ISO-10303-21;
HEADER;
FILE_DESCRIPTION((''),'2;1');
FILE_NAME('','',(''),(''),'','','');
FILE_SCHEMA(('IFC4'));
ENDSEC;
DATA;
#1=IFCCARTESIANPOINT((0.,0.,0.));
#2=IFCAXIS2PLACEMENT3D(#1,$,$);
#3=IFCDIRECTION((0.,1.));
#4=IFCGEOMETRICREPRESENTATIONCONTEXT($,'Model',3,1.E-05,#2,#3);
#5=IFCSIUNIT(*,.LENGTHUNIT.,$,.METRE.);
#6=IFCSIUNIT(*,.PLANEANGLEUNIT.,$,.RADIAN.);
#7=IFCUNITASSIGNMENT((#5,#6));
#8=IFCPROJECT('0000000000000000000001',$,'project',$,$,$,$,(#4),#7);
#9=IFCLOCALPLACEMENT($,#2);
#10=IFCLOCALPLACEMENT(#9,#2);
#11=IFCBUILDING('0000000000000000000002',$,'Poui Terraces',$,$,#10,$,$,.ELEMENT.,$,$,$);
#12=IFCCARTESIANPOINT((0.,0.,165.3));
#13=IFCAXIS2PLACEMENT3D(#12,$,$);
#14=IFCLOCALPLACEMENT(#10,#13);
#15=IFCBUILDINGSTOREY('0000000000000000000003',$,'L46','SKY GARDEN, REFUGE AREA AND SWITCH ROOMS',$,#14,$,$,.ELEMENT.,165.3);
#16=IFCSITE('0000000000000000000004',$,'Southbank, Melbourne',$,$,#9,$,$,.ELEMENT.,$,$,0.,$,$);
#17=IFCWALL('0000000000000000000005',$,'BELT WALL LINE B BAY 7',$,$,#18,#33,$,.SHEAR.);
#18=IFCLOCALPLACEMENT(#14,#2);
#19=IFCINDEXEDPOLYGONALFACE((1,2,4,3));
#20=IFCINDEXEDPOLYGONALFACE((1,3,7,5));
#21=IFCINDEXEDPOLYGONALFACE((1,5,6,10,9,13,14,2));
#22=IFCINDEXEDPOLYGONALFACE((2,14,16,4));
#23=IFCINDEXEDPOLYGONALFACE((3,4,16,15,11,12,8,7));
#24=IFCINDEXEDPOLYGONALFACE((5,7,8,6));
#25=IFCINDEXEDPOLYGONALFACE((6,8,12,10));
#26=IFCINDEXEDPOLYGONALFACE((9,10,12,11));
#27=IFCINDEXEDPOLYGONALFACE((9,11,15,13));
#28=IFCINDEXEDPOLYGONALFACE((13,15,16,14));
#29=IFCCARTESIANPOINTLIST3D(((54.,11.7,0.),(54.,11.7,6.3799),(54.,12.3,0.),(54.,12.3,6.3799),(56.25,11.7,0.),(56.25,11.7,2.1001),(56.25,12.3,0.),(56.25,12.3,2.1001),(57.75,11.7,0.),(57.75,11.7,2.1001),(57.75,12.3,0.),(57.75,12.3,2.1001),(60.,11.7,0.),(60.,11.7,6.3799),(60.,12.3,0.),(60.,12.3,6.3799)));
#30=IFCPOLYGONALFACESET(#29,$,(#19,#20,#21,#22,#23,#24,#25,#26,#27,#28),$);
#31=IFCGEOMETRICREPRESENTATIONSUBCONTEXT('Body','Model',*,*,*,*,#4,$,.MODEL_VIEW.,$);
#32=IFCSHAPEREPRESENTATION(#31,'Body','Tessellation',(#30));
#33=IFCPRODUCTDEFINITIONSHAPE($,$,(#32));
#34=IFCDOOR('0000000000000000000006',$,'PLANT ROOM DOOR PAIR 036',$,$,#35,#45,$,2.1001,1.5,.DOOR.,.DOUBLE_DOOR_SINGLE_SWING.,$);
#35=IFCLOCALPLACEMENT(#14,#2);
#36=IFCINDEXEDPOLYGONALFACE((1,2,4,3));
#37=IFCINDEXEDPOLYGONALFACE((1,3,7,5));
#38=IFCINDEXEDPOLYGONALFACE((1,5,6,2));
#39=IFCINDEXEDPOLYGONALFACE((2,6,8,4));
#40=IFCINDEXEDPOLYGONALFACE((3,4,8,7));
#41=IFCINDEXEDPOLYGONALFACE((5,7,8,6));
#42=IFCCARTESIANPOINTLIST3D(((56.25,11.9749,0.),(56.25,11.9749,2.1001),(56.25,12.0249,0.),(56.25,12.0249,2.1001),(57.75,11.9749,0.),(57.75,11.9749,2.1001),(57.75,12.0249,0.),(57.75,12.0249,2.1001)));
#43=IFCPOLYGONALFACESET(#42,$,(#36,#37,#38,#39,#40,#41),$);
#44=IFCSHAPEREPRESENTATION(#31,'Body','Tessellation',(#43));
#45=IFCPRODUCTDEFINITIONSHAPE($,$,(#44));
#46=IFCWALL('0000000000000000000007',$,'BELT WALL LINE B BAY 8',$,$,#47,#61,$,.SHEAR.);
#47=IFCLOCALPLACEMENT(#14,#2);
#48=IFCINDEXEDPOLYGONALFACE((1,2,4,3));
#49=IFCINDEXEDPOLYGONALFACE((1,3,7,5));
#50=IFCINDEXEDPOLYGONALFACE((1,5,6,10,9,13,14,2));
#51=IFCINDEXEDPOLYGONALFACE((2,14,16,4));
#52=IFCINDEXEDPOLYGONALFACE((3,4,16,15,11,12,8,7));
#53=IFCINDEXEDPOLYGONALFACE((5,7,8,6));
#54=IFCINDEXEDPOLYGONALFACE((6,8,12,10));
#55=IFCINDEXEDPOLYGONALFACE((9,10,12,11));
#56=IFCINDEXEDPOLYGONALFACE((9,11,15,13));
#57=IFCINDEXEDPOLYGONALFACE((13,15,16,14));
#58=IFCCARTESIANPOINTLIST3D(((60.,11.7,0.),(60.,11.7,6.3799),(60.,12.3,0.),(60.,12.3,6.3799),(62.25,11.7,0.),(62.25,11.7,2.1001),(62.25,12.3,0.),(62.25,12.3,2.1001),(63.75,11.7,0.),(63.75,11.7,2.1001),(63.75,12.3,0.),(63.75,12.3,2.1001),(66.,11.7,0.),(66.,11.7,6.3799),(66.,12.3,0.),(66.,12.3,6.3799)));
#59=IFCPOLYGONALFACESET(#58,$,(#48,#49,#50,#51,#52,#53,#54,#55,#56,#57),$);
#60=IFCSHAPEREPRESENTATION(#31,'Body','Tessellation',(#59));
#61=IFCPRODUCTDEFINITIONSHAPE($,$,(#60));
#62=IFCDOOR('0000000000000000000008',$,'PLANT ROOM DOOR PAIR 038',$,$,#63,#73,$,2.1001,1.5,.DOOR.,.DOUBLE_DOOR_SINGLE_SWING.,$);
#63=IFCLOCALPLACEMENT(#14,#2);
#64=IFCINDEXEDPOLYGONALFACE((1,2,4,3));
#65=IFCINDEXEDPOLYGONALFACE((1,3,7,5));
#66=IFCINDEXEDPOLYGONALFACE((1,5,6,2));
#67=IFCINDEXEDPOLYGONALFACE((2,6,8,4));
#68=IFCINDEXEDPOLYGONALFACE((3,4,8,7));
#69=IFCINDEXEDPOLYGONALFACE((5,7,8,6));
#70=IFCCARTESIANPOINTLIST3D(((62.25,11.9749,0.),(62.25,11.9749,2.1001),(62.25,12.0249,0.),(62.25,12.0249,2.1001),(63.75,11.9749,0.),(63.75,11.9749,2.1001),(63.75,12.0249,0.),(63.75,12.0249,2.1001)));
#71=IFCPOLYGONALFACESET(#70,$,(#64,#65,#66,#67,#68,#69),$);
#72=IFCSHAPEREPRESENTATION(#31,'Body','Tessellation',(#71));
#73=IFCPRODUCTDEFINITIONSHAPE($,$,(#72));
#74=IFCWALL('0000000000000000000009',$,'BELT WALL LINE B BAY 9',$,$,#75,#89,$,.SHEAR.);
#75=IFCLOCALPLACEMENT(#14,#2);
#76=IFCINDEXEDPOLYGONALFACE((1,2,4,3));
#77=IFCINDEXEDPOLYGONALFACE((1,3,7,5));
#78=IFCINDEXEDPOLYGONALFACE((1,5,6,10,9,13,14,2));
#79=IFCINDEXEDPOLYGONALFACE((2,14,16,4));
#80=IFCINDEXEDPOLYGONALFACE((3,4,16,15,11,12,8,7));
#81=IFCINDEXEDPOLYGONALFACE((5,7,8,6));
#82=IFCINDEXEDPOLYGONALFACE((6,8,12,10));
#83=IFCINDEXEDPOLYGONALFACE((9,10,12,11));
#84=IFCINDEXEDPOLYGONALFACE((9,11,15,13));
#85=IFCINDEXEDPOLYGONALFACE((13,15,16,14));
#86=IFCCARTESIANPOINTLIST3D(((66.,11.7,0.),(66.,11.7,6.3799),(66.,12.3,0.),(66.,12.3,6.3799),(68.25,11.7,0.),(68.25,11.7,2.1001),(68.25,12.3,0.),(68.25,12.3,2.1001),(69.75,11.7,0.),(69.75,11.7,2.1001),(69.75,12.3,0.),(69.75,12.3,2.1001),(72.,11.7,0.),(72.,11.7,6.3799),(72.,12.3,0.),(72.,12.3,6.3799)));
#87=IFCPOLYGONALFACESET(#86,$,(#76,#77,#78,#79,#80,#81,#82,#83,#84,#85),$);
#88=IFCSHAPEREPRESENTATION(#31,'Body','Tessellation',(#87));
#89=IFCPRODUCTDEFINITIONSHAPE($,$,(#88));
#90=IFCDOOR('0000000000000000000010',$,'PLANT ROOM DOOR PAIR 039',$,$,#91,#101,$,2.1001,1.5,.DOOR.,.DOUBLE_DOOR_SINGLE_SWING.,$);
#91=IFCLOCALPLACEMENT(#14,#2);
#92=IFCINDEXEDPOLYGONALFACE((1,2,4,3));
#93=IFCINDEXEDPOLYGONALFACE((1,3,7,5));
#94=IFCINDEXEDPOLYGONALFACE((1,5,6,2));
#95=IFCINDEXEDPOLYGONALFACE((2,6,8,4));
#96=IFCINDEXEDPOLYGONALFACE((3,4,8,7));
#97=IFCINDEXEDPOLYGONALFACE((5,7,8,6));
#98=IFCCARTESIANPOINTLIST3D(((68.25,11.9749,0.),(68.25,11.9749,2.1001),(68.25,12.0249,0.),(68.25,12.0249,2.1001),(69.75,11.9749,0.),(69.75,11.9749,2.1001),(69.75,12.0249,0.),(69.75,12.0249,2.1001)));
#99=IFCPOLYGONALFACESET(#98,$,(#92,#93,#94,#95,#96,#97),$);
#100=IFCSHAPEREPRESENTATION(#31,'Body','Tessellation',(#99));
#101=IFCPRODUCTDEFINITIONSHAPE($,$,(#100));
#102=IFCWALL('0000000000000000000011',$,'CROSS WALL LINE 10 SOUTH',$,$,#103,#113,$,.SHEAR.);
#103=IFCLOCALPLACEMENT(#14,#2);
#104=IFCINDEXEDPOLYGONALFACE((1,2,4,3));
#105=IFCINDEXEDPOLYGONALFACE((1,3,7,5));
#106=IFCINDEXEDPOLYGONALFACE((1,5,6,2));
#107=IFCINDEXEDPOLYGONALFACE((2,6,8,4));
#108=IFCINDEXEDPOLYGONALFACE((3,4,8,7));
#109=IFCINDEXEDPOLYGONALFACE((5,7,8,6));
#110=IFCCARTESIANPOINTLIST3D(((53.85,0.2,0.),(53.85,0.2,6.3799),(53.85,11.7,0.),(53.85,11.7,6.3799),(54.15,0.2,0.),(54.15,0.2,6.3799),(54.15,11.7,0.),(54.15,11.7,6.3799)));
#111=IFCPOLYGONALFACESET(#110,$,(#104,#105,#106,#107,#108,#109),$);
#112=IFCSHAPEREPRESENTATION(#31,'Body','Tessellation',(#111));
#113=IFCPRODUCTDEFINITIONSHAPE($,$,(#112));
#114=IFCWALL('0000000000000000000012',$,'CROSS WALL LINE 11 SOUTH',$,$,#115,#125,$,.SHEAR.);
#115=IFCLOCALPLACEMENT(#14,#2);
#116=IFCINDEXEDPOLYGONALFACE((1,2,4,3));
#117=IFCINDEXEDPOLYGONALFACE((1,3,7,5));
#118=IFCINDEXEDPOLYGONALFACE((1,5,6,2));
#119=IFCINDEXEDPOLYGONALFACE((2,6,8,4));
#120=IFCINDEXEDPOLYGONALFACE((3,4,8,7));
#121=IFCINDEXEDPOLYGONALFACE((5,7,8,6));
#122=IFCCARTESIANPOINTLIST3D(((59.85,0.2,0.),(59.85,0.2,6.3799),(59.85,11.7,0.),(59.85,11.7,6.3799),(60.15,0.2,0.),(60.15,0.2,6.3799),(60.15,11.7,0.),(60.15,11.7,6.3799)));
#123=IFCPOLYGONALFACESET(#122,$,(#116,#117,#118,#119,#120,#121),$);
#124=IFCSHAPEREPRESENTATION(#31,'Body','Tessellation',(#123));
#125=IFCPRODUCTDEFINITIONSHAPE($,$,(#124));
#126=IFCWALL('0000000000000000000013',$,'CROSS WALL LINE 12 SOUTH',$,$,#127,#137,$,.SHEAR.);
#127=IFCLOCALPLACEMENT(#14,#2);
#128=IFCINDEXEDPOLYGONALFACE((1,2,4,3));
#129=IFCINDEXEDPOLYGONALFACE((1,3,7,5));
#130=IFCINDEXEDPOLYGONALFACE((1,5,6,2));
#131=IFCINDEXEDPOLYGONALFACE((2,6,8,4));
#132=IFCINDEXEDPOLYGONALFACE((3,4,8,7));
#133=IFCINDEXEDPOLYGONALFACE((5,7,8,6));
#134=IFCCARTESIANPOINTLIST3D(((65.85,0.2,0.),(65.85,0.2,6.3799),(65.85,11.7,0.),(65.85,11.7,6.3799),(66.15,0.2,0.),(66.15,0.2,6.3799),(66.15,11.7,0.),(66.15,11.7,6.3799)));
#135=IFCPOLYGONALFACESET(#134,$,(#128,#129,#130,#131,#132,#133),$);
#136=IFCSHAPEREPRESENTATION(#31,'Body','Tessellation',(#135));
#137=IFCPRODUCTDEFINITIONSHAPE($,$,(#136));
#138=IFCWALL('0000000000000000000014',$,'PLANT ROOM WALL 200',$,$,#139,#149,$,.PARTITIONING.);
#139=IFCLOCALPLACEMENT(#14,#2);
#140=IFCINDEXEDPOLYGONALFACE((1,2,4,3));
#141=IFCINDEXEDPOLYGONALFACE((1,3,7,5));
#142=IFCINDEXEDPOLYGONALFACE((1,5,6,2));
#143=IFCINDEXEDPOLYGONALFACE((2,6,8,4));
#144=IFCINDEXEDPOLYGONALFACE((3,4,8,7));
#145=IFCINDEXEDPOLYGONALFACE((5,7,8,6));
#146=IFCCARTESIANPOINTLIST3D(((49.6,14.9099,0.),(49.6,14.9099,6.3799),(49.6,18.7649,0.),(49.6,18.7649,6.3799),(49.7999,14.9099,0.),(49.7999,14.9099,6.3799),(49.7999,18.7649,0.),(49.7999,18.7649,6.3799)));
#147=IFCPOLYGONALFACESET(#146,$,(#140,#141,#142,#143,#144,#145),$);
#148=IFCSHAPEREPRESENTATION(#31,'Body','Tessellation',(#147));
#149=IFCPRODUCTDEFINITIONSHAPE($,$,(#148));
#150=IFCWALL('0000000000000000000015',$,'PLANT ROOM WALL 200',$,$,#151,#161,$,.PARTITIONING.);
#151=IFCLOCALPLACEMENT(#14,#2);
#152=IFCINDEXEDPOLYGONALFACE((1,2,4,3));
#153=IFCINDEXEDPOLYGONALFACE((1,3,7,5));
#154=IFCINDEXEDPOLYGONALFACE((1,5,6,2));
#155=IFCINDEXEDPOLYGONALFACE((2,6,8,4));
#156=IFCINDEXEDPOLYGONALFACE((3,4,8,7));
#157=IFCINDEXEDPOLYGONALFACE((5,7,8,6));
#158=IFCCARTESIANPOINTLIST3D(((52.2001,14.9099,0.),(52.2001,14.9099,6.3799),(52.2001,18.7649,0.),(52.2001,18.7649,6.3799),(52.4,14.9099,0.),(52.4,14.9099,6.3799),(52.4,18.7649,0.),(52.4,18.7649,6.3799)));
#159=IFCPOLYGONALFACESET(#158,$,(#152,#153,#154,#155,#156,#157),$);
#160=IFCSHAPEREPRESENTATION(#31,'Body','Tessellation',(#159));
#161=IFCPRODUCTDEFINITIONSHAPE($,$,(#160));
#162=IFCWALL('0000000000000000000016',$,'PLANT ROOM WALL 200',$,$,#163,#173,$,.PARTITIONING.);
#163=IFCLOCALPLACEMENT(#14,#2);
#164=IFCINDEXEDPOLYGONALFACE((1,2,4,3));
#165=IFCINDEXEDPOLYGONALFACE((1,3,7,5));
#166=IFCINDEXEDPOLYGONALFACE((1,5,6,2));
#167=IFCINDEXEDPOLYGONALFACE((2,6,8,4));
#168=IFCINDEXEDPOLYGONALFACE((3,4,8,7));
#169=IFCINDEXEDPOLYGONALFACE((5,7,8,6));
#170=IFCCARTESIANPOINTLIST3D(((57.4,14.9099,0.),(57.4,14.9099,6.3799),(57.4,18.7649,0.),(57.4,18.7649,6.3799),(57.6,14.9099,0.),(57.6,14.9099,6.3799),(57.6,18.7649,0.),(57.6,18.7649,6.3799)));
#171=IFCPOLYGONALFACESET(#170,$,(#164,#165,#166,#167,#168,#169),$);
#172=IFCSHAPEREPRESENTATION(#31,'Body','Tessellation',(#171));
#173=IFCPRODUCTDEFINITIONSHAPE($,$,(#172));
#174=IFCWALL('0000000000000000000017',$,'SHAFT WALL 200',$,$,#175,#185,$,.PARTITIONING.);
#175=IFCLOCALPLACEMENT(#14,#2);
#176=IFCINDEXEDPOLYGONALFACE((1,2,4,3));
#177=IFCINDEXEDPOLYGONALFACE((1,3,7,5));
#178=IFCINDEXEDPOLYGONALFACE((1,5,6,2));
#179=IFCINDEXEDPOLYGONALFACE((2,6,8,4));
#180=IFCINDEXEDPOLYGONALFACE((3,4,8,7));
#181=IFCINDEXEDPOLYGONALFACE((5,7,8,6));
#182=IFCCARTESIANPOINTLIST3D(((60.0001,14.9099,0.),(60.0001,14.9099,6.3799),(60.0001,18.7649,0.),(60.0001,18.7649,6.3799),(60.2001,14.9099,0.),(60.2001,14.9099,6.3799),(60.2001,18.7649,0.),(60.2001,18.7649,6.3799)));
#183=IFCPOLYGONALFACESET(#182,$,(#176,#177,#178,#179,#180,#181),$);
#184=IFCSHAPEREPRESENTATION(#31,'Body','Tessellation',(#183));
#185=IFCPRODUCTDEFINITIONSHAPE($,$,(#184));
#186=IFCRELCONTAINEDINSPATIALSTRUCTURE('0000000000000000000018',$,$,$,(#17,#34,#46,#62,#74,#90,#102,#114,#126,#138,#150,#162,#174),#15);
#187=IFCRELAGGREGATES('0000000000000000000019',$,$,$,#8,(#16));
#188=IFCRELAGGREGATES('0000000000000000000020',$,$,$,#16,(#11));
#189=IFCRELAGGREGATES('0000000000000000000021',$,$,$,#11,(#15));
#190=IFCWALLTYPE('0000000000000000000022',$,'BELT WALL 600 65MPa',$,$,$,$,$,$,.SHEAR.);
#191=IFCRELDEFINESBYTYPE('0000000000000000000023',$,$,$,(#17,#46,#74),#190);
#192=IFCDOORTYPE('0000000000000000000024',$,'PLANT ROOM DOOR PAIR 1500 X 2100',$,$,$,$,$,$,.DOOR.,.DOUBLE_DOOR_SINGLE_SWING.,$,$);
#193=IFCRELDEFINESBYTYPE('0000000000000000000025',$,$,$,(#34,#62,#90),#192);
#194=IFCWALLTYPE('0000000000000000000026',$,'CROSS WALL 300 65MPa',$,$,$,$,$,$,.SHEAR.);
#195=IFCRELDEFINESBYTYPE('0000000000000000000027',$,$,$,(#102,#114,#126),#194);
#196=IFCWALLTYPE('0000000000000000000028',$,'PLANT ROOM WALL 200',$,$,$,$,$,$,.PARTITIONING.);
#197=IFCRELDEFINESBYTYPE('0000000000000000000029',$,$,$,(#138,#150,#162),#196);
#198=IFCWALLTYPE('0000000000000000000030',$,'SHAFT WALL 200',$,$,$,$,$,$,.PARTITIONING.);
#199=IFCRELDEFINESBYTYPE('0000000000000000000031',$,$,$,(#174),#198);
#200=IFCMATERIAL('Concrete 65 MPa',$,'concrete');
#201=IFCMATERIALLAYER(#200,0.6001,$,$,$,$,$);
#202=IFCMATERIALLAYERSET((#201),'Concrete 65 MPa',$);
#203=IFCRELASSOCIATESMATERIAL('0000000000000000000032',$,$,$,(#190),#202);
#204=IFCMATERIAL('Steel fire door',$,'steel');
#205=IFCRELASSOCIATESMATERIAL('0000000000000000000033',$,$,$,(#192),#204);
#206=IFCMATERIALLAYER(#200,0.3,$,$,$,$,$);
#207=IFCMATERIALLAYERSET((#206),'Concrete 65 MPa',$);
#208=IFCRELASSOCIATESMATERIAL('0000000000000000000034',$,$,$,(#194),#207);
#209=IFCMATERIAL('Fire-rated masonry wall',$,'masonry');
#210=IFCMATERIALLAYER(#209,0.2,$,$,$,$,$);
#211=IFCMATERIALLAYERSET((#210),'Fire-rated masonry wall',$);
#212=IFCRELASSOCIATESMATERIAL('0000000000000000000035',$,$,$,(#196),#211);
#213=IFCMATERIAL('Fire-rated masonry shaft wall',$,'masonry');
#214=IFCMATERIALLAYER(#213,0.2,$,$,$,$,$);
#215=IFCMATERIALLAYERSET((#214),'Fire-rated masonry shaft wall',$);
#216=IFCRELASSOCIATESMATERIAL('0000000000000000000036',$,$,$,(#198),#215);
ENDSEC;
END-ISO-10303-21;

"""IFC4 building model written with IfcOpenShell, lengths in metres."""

from ifc_helpers import new_model, si_unit, direction, frame, frame_2d, origin, place, context, subcontext, project, spatial, rectangle, extrude, material, layer, layer_set, type_object, element, fill, save


model = new_model("IFC4")

# Units and contexts
model_context = context("Model", 3, precision=1e-05, world=origin(), true_north=direction((0.0, 1.0)))
body_context = subcontext(model_context, "Body", "Model", "MODEL_VIEW")
ifc_project = project(units=[si_unit("LENGTHUNIT", "METRE"), si_unit("PLANEANGLEUNIT", "RADIAN")], contexts=[model_context])

# Site, building, storey
site_placement = place(None, origin())
site = spatial("IfcSite", under=ifc_project, at=site_placement, Name="Southbank, Melbourne", CompositionType="ELEMENT", RefElevation=0.0)
building_placement = place(site_placement, origin())
building = spatial("IfcBuilding", under=site, at=building_placement, Name="Poui Terraces", CompositionType="ELEMENT")
storey_placement = place(building_placement, frame((0.0, 0.0, 165.3)))
storey = spatial("IfcBuildingStorey", under=building, at=storey_placement, Name="L46", Description="SKY GARDEN, REFUGE AREA AND SWITCH ROOMS", CompositionType="ELEMENT", Elevation=165.3)

# Walls, openings, doors
ifc_material_1 = material(Name="Concrete 65 MPa", Category="concrete")
ifc_layer_1 = layer(ifc_material_1, 0.6001)
ifc_layer_set_1 = layer_set([ifc_layer_1], Name="Concrete 65 MPa")
wall_type_1 = type_object("IfcWallType", Name="BELT WALL 600 65MPa", PredefinedType="SHEAR", material=ifc_layer_set_1)
wall_1_placement = place(storey_placement, frame((54.0, 12.0, 0.0), z_axis=(0.0, 0.0, 1.0), x_axis=(1.0, 0.0, 0.0)))
wall_1 = element("IfcWall", 1, at=wall_1_placement, inside=storey, type_object=wall_type_1, Name="BELT WALL LINE B BAY 7", PredefinedType="SHEAR", context=body_context, shape_type="SweptSolid", body=[
    extrude(rectangle(XDim=6.0, YDim=0.6001, at=frame_2d((3.0, 0.0))), origin(), (0.0, 0.0, 1.0), 6.3799),
])
opening_1_placement = place(wall_1_placement, frame((2.25, 0.0, 0.0)))
opening_1 = element("IfcOpeningElement", 2, at=opening_1_placement, cuts=wall_1, PredefinedType="OPENING", context=body_context, shape_type="SweptSolid", body=[
    extrude(rectangle(XDim=1.5, YDim=2.1001, at=frame_2d((0.75, 1.05))), frame((0.0, 0.3101, 0.0), z_axis=(0.0, -1.0, 0.0), x_axis=(1.0, 0.0, 0.0)), (0.0, 0.0, 1.0), 0.6201),
])
ifc_material_2 = material(Name="Steel fire door", Category="steel")
door_type_1 = type_object("IfcDoorType", Name="PLANT ROOM DOOR PAIR 1500 X 2100", OperationType="DOUBLE_DOOR_SINGLE_SWING", PredefinedType="DOOR", material=ifc_material_2)
door_1_placement = place(opening_1_placement, origin())
door_1 = element("IfcDoor", 3, at=door_1_placement, inside=storey, type_object=door_type_1, Name="PLANT ROOM DOOR PAIR 036", OperationType="DOUBLE_DOOR_SINGLE_SWING", OverallHeight=2.1001, OverallWidth=1.5, PredefinedType="DOOR", context=body_context, shape_type="SweptSolid", body=[
    extrude(rectangle(XDim=1.5, YDim=2.1001, at=frame_2d((0.75, 1.05))), frame((0.0, 0.0249, 0.0), z_axis=(0.0, -1.0, 0.0), x_axis=(1.0, 0.0, 0.0)), (0.0, 0.0, 1.0), 0.05),
])
fill(opening_1, door_1)
wall_2_placement = place(storey_placement, frame((60.0, 12.0, 0.0), z_axis=(0.0, 0.0, 1.0), x_axis=(1.0, 0.0, 0.0)))
wall_2 = element("IfcWall", 4, at=wall_2_placement, inside=storey, type_object=wall_type_1, Name="BELT WALL LINE B BAY 8", PredefinedType="SHEAR", context=body_context, shape_type="SweptSolid", body=[
    extrude(rectangle(XDim=6.0, YDim=0.6001, at=frame_2d((3.0, 0.0))), origin(), (0.0, 0.0, 1.0), 6.3799),
])
opening_2_placement = place(wall_2_placement, frame((2.25, 0.0, 0.0)))
opening_2 = element("IfcOpeningElement", 5, at=opening_2_placement, cuts=wall_2, PredefinedType="OPENING", context=body_context, shape_type="SweptSolid", body=[
    extrude(rectangle(XDim=1.5, YDim=2.1001, at=frame_2d((0.75, 1.05))), frame((0.0, 0.3101, 0.0), z_axis=(0.0, -1.0, 0.0), x_axis=(1.0, 0.0, 0.0)), (0.0, 0.0, 1.0), 0.6201),
])
door_2_placement = place(opening_2_placement, origin())
door_2 = element("IfcDoor", 6, at=door_2_placement, inside=storey, type_object=door_type_1, Name="PLANT ROOM DOOR PAIR 038", OperationType="DOUBLE_DOOR_SINGLE_SWING", OverallHeight=2.1001, OverallWidth=1.5, PredefinedType="DOOR", context=body_context, shape_type="SweptSolid", body=[
    extrude(rectangle(XDim=1.5, YDim=2.1001, at=frame_2d((0.75, 1.05))), frame((0.0, 0.0249, 0.0), z_axis=(0.0, -1.0, 0.0), x_axis=(1.0, 0.0, 0.0)), (0.0, 0.0, 1.0), 0.05),
])
fill(opening_2, door_2)
wall_3_placement = place(storey_placement, frame((66.0, 12.0, 0.0), z_axis=(0.0, 0.0, 1.0), x_axis=(1.0, 0.0, 0.0)))
wall_3 = element("IfcWall", 7, at=wall_3_placement, inside=storey, type_object=wall_type_1, Name="BELT WALL LINE B BAY 9", PredefinedType="SHEAR", context=body_context, shape_type="SweptSolid", body=[
    extrude(rectangle(XDim=6.0, YDim=0.6001, at=frame_2d((3.0, 0.0))), origin(), (0.0, 0.0, 1.0), 6.3799),
])
opening_3_placement = place(wall_3_placement, frame((2.25, 0.0, 0.0)))
opening_3 = element("IfcOpeningElement", 8, at=opening_3_placement, cuts=wall_3, PredefinedType="OPENING", context=body_context, shape_type="SweptSolid", body=[
    extrude(rectangle(XDim=1.5, YDim=2.1001, at=frame_2d((0.75, 1.05))), frame((0.0, 0.3101, 0.0), z_axis=(0.0, -1.0, 0.0), x_axis=(1.0, 0.0, 0.0)), (0.0, 0.0, 1.0), 0.6201),
])
door_3_placement = place(opening_3_placement, origin())
door_3 = element("IfcDoor", 9, at=door_3_placement, inside=storey, type_object=door_type_1, Name="PLANT ROOM DOOR PAIR 039", OperationType="DOUBLE_DOOR_SINGLE_SWING", OverallHeight=2.1001, OverallWidth=1.5, PredefinedType="DOOR", context=body_context, shape_type="SweptSolid", body=[
    extrude(rectangle(XDim=1.5, YDim=2.1001, at=frame_2d((0.75, 1.05))), frame((0.0, 0.0249, 0.0), z_axis=(0.0, -1.0, 0.0), x_axis=(1.0, 0.0, 0.0)), (0.0, 0.0, 1.0), 0.05),
])
fill(opening_3, door_3)

# Walls
ifc_layer_2 = layer(ifc_material_1, 0.3)
ifc_layer_set_2 = layer_set([ifc_layer_2], Name="Concrete 65 MPa")
wall_type_2 = type_object("IfcWallType", Name="CROSS WALL 300 65MPa", PredefinedType="SHEAR", material=ifc_layer_set_2)
for number, where, z_axis, x_axis, name in (
    (10, (54.0, 0.2, 0.0), (0.0, 0.0, 1.0), (0.0, 1.0, 0.0), "CROSS WALL LINE 10 SOUTH"),
    (11, (60.0, 0.2, 0.0), (0.0, 0.0, 1.0), (0.0, 1.0, 0.0), "CROSS WALL LINE 11 SOUTH"),
    (12, (66.0, 0.2, 0.0), (0.0, 0.0, 1.0), (0.0, 1.0, 0.0), "CROSS WALL LINE 12 SOUTH"),
):
    element("IfcWall", number, at=place(storey_placement, frame(where, z_axis=z_axis, x_axis=x_axis)), inside=storey, type_object=wall_type_2, Name=name, PredefinedType="SHEAR", context=body_context, shape_type="SweptSolid", body=[
        extrude(rectangle(XDim=11.5, YDim=0.3, at=frame_2d((5.75, 0.0))), origin(), (0.0, 0.0, 1.0), 6.3799),
    ])
ifc_material_3 = material(Name="Fire-rated masonry wall", Category="masonry")
ifc_layer_3 = layer(ifc_material_3, 0.2)
ifc_layer_set_3 = layer_set([ifc_layer_3], Name="Fire-rated masonry wall")
wall_type_3 = type_object("IfcWallType", Name="PLANT ROOM WALL 200", PredefinedType="PARTITIONING", material=ifc_layer_set_3)
for number, where, z_axis, x_axis, name in (
    (13, (49.7, 14.9099, 0.0), (0.0, 0.0, 1.0), (0.0, 1.0, 0.0), "PLANT ROOM WALL 200"),
    (14, (52.3, 14.9099, 0.0), (0.0, 0.0, 1.0), (0.0, 1.0, 0.0), "PLANT ROOM WALL 200"),
    (15, (57.5, 14.9099, 0.0), (0.0, 0.0, 1.0), (0.0, 1.0, 0.0), "PLANT ROOM WALL 200"),
):
    element("IfcWall", number, at=place(storey_placement, frame(where, z_axis=z_axis, x_axis=x_axis)), inside=storey, type_object=wall_type_3, Name=name, PredefinedType="PARTITIONING", context=body_context, shape_type="SweptSolid", body=[
        extrude(rectangle(XDim=3.855, YDim=0.2, at=frame_2d((1.9275, 0.0))), origin(), (0.0, 0.0, 1.0), 6.3799),
    ])
ifc_material_4 = material(Name="Fire-rated masonry shaft wall", Category="masonry")
ifc_layer_4 = layer(ifc_material_4, 0.2)
ifc_layer_set_4 = layer_set([ifc_layer_4], Name="Fire-rated masonry shaft wall")
wall_type_4 = type_object("IfcWallType", Name="SHAFT WALL 200", PredefinedType="PARTITIONING", material=ifc_layer_set_4)
wall_4_placement = place(storey_placement, frame((60.1001, 14.9099, 0.0), z_axis=(0.0, 0.0, 1.0), x_axis=(0.0, 1.0, 0.0)))
element("IfcWall", 16, at=wall_4_placement, inside=storey, type_object=wall_type_4, Name="SHAFT WALL 200", PredefinedType="PARTITIONING", context=body_context, shape_type="SweptSolid", body=[
    extrude(rectangle(XDim=3.855, YDim=0.2, at=frame_2d((1.9275, 0.0))), origin(), (0.0, 0.0, 1.0), 6.3799),
])

save(model, "model.ifc")
